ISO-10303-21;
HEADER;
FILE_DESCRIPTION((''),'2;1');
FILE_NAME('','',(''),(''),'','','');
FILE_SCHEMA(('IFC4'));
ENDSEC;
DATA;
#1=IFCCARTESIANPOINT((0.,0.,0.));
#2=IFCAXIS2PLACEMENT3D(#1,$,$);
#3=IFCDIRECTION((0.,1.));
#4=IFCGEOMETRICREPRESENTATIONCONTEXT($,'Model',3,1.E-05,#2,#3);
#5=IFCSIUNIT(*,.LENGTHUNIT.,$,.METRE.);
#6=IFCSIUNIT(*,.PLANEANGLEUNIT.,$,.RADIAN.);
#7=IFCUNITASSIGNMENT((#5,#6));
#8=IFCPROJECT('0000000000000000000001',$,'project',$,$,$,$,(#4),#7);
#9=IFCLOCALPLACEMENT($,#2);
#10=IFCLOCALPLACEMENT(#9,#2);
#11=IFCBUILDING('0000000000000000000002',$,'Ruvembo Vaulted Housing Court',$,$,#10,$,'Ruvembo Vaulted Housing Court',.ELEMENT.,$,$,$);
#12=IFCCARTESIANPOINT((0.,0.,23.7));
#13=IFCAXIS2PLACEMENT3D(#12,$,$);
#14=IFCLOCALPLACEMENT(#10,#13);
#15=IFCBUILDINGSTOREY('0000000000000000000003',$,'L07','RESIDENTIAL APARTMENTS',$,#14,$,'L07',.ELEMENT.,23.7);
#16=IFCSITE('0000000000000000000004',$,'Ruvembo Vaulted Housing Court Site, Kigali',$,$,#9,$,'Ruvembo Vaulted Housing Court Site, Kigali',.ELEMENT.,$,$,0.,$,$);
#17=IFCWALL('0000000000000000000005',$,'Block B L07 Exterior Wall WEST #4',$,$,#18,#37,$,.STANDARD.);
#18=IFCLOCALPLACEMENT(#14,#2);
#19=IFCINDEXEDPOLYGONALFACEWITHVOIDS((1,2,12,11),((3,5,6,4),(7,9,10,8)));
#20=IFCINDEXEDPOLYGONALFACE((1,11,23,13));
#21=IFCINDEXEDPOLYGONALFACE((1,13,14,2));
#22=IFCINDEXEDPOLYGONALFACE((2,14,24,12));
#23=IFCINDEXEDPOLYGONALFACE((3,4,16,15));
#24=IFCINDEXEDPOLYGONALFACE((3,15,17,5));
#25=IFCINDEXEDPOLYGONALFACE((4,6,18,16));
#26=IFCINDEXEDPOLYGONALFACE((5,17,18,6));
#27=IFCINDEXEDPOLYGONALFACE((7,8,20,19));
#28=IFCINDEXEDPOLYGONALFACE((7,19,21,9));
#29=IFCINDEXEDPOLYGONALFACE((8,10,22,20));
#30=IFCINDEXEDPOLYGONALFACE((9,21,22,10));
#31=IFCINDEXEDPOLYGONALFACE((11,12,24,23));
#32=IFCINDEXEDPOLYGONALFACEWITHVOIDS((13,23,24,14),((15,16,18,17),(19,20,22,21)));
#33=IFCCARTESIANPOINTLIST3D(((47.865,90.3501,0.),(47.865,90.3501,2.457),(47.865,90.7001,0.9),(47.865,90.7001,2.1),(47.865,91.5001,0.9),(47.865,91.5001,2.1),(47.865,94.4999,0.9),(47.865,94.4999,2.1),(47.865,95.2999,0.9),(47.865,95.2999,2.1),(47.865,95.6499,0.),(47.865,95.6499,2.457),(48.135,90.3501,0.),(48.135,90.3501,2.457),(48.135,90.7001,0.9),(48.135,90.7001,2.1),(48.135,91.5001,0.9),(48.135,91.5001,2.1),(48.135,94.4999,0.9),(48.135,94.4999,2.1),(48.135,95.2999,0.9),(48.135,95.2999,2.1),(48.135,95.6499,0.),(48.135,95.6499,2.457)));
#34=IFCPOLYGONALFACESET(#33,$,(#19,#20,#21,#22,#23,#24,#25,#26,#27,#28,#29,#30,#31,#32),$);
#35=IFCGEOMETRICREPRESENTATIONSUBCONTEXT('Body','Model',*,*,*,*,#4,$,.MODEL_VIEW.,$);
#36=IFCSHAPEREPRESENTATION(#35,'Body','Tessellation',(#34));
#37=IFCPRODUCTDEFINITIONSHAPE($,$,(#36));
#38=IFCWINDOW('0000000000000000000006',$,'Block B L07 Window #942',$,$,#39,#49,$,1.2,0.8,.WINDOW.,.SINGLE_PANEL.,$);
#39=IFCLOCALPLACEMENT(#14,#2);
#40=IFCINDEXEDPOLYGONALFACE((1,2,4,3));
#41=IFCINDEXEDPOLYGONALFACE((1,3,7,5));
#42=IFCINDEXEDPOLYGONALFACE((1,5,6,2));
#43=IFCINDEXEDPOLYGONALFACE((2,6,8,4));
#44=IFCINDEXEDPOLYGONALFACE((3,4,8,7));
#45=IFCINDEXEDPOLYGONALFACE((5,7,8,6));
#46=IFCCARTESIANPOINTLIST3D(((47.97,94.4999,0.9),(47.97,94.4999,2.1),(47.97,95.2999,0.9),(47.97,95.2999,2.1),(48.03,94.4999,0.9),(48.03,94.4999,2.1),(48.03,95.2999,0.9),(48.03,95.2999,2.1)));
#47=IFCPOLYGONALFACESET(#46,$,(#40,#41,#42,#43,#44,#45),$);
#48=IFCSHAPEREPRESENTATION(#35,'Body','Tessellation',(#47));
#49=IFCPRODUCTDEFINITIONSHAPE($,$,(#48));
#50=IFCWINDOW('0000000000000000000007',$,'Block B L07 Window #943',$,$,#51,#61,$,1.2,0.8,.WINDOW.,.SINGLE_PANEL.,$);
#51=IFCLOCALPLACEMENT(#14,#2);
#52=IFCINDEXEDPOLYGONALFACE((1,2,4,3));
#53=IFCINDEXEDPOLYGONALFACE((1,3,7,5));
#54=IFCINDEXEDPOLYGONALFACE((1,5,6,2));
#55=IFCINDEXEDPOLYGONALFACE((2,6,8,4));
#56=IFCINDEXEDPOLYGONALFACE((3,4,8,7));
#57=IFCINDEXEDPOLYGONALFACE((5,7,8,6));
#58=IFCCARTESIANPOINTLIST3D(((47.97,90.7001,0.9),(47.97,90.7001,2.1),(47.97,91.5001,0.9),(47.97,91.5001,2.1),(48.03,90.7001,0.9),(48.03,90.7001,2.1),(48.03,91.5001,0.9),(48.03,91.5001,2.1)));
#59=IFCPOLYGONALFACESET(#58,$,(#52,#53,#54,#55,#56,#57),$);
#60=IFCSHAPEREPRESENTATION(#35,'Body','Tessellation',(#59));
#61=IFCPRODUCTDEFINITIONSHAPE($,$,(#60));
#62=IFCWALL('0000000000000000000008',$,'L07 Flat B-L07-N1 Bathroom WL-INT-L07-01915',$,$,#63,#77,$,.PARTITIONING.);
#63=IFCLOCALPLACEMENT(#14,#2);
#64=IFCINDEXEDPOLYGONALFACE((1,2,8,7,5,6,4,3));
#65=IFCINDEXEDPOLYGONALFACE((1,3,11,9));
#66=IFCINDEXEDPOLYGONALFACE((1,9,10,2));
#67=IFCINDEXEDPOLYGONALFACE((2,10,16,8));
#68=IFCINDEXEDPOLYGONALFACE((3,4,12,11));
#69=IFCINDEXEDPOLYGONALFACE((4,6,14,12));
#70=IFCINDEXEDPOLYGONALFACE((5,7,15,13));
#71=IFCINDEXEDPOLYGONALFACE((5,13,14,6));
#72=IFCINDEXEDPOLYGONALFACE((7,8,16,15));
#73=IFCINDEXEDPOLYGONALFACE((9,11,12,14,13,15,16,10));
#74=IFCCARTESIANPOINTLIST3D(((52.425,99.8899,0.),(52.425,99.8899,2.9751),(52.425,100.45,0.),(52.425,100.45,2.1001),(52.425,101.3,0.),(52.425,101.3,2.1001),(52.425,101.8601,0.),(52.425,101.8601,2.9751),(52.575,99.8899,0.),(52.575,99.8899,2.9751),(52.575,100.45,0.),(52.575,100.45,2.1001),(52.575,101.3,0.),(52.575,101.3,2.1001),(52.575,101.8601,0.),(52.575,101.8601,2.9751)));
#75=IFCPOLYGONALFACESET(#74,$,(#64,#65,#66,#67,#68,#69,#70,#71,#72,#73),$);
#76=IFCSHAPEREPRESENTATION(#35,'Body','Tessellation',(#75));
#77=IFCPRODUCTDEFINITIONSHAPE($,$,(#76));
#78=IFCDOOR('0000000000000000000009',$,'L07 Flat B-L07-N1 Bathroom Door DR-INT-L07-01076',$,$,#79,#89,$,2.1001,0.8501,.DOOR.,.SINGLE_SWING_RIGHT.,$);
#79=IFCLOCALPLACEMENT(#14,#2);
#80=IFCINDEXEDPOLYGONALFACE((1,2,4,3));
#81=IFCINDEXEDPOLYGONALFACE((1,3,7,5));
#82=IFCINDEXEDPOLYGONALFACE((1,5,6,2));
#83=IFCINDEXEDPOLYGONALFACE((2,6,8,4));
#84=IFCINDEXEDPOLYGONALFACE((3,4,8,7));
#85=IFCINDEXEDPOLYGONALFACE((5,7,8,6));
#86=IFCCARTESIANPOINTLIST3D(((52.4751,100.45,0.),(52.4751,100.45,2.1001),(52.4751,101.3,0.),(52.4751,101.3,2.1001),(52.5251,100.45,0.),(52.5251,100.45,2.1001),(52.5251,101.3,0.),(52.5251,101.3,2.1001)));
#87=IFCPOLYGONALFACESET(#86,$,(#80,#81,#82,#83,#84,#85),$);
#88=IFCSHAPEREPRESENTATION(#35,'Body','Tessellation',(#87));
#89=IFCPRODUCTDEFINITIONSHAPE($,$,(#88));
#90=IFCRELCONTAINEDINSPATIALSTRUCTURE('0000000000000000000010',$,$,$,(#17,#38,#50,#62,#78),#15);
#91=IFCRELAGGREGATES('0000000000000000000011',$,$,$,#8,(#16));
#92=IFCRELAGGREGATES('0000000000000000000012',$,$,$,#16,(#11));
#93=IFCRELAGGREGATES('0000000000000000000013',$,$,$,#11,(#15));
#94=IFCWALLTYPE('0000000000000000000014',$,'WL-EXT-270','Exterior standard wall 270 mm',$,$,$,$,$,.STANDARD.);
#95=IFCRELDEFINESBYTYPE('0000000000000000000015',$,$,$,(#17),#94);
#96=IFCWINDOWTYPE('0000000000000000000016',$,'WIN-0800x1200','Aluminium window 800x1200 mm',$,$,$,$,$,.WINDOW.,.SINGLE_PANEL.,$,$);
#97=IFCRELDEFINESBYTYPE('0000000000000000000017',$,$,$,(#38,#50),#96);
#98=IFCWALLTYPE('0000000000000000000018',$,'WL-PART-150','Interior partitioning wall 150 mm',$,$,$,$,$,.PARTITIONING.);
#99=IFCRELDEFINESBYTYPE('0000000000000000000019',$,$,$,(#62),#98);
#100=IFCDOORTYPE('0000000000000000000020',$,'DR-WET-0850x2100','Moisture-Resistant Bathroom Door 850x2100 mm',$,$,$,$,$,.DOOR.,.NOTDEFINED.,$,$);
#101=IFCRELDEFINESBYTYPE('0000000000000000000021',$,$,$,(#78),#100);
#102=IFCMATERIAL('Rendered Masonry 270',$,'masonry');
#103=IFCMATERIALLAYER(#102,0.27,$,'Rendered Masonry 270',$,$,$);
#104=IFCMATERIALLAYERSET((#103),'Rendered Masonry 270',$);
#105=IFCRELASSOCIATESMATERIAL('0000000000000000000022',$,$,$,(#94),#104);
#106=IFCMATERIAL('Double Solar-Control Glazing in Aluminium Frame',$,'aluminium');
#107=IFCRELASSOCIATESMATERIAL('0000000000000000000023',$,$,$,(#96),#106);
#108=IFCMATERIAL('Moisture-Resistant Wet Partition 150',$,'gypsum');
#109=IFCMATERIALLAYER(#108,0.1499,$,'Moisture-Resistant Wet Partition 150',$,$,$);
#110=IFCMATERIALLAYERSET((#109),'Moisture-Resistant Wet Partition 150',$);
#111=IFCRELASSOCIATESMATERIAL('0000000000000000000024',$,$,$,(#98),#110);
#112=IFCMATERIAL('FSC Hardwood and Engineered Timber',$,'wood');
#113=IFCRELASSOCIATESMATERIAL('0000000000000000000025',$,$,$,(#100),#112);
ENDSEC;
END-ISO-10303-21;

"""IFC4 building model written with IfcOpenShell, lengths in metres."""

from ifc_helpers import new_model, si_unit, direction, frame, frame_2d, origin, place, context, subcontext, project, spatial, rectangle, extrude, material, layer, layer_set, type_object, element, fill, save


model = new_model("IFC4")

# Units and contexts
model_context = context("Model", 3, precision=1e-05, world=origin(), true_north=direction((0.0, 1.0)))
body_context = subcontext(model_context, "Body", "Model", "MODEL_VIEW")
ifc_project = project(units=[si_unit("LENGTHUNIT", "METRE"), si_unit("PLANEANGLEUNIT", "RADIAN")], contexts=[model_context])

# Site, building, storey
site_placement = place(None, origin())
site = spatial("IfcSite", under=ifc_project, at=site_placement, Name="Ruvembo Vaulted Housing Court Site, Kigali", LongName="Ruvembo Vaulted Housing Court Site, Kigali", CompositionType="ELEMENT", RefElevation=0.0)
building_placement = place(site_placement, origin())
building = spatial("IfcBuilding", under=site, at=building_placement, Name="Ruvembo Vaulted Housing Court", LongName="Ruvembo Vaulted Housing Court", CompositionType="ELEMENT")
storey_placement = place(building_placement, frame((0.0, 0.0, 23.7)))
storey = spatial("IfcBuildingStorey", under=building, at=storey_placement, Name="L07", Description="RESIDENTIAL APARTMENTS", LongName="L07", CompositionType="ELEMENT", Elevation=23.7)

# Shared definitions
ifc_material_1 = material(Name="FSC Hardwood and Engineered Timber", Category="wood")

# Wall, openings, windows
ifc_material_2 = material(Name="Rendered Masonry 270", Category="masonry")
ifc_layer_1 = layer(ifc_material_2, 0.27, Name="Rendered Masonry 270")
ifc_layer_set_1 = layer_set([ifc_layer_1], Name="Rendered Masonry 270")
wall_type_1 = type_object("IfcWallType", Name="WL-EXT-270", Description="Exterior standard wall 270 mm", PredefinedType="STANDARD", material=ifc_layer_set_1)
ifc_material_3 = material(Name="Double Solar-Control Glazing in Aluminium Frame", Category="aluminium")
wall_1_placement = place(storey_placement, frame((48.0, 95.6499, 0.0), z_axis=(0.0, 0.0, 1.0), x_axis=(0.0, -1.0, 0.0)))
wall_1 = element("IfcWall", 1, at=wall_1_placement, inside=storey, type_object=wall_type_1, Name="Block B L07 Exterior Wall WEST #4", PredefinedType="STANDARD", context=body_context, shape_type="SweptSolid", body=[
    extrude(rectangle(XDim=5.2998, YDim=0.27, at=frame_2d((2.6499, 0.0))), origin(), (0.0, 0.0, 1.0), 2.457),
])
opening_1_placement = place(wall_1_placement, frame((0.3501, 0.0, 0.8999)))
opening_1 = element("IfcOpeningElement", 2, at=opening_1_placement, cuts=wall_1, PredefinedType="OPENING", context=body_context, shape_type="SweptSolid", body=[
    extrude(rectangle(XDim=0.8, YDim=1.2, at=frame_2d((0.3999, 0.6001))), frame((0.0, 0.145, 0.0), z_axis=(0.0, -1.0, 0.0), x_axis=(1.0, 0.0, 0.0)), (0.0, 0.0, 1.0), 0.29),
])
opening_2_placement = place(wall_1_placement, frame((4.1499, 0.0, 0.8999)))
opening_2 = element("IfcOpeningElement", 3, at=opening_2_placement, cuts=wall_1, PredefinedType="OPENING", context=body_context, shape_type="SweptSolid", body=[
    extrude(rectangle(XDim=0.8, YDim=1.2, at=frame_2d((0.3999, 0.6001))), frame((0.0, 0.145, 0.0), z_axis=(0.0, -1.0, 0.0), x_axis=(1.0, 0.0, 0.0)), (0.0, 0.0, 1.0), 0.29),
])
window_type_1 = type_object("IfcWindowType", Name="WIN-0800x1200", Description="Aluminium window 800x1200 mm", PartitioningType="SINGLE_PANEL", PredefinedType="WINDOW", material=ifc_material_3)
window_1_placement = place(opening_1_placement, origin())
window_1 = element("IfcWindow", 4, at=window_1_placement, inside=storey, type_object=window_type_1, Name="Block B L07 Window #942", OverallHeight=1.2, OverallWidth=0.8, PartitioningType="SINGLE_PANEL", PredefinedType="WINDOW", context=body_context, shape_type="SweptSolid", body=[
    extrude(rectangle(XDim=0.8, YDim=1.2, at=frame_2d((0.3999, 0.6001))), frame((0.0, 0.03, 0.0), z_axis=(0.0, -1.0, 0.0), x_axis=(1.0, 0.0, 0.0)), (0.0, 0.0, 1.0), 0.0601),
])
fill(opening_1, window_1)
window_2_placement = place(opening_2_placement, origin())
window_2 = element("IfcWindow", 5, at=window_2_placement, inside=storey, type_object=window_type_1, Name="Block B L07 Window #943", OverallHeight=1.2, OverallWidth=0.8, PartitioningType="SINGLE_PANEL", PredefinedType="WINDOW", context=body_context, shape_type="SweptSolid", body=[
    extrude(rectangle(XDim=0.8, YDim=1.2, at=frame_2d((0.3999, 0.6001))), frame((0.0, 0.03, 0.0), z_axis=(0.0, -1.0, 0.0), x_axis=(1.0, 0.0, 0.0)), (0.0, 0.0, 1.0), 0.0601),
])
fill(opening_2, window_2)

# Wall, opening, door
ifc_material_4 = material(Name="Moisture-Resistant Wet Partition 150", Category="gypsum")
ifc_layer_2 = layer(ifc_material_4, 0.1499, Name="Moisture-Resistant Wet Partition 150")
ifc_layer_set_2 = layer_set([ifc_layer_2], Name="Moisture-Resistant Wet Partition 150")
wall_type_2 = type_object("IfcWallType", Name="WL-PART-150", Description="Interior partitioning wall 150 mm", PredefinedType="PARTITIONING", material=ifc_layer_set_2)
wall_2_placement = place(storey_placement, frame((52.5, 99.8899, 0.0), z_axis=(0.0, 0.0, 1.0), x_axis=(0.0, 1.0, 0.0)))
wall_2 = element("IfcWall", 6, at=wall_2_placement, inside=storey, type_object=wall_type_2, Name="L07 Flat B-L07-N1 Bathroom WL-INT-L07-01915", PredefinedType="PARTITIONING", context=body_context, shape_type="SweptSolid", body=[
    extrude(rectangle(XDim=1.9702, YDim=0.1499, at=frame_2d((0.9851, 0.0))), origin(), (0.0, 0.0, 1.0), 2.9751),
])
opening_3_placement = place(wall_2_placement, frame((0.5601, 0.0, 0.0)))
opening_3 = element("IfcOpeningElement", 7, at=opening_3_placement, cuts=wall_2, PredefinedType="OPENING", context=body_context, shape_type="SweptSolid", body=[
    extrude(rectangle(XDim=0.8501, YDim=2.1001, at=frame_2d((0.425, 1.05))), frame((0.0, 0.085, 0.0), z_axis=(0.0, -1.0, 0.0), x_axis=(1.0, 0.0, 0.0)), (0.0, 0.0, 1.0), 0.1699),
])
door_type_1 = type_object("IfcDoorType", Name="DR-WET-0850x2100", Description="Moisture-Resistant Bathroom Door 850x2100 mm", OperationType="NOTDEFINED", PredefinedType="DOOR", material=ifc_material_1)
door_1_placement = place(opening_3_placement, origin())
door_1 = element("IfcDoor", 8, at=door_1_placement, inside=storey, type_object=door_type_1, Name="L07 Flat B-L07-N1 Bathroom Door DR-INT-L07-01076", OperationType="SINGLE_SWING_RIGHT", OverallHeight=2.1001, OverallWidth=0.8501, PredefinedType="DOOR", context=body_context, shape_type="SweptSolid", body=[
    extrude(rectangle(XDim=0.8501, YDim=2.1001, at=frame_2d((0.425, 1.05))), frame((0.0, 0.0249, 0.0), z_axis=(0.0, -1.0, 0.0), x_axis=(1.0, 0.0, 0.0)), (0.0, 0.0, 1.0), 0.05),
])
fill(opening_3, door_1)

save(model, "model.ifc")
